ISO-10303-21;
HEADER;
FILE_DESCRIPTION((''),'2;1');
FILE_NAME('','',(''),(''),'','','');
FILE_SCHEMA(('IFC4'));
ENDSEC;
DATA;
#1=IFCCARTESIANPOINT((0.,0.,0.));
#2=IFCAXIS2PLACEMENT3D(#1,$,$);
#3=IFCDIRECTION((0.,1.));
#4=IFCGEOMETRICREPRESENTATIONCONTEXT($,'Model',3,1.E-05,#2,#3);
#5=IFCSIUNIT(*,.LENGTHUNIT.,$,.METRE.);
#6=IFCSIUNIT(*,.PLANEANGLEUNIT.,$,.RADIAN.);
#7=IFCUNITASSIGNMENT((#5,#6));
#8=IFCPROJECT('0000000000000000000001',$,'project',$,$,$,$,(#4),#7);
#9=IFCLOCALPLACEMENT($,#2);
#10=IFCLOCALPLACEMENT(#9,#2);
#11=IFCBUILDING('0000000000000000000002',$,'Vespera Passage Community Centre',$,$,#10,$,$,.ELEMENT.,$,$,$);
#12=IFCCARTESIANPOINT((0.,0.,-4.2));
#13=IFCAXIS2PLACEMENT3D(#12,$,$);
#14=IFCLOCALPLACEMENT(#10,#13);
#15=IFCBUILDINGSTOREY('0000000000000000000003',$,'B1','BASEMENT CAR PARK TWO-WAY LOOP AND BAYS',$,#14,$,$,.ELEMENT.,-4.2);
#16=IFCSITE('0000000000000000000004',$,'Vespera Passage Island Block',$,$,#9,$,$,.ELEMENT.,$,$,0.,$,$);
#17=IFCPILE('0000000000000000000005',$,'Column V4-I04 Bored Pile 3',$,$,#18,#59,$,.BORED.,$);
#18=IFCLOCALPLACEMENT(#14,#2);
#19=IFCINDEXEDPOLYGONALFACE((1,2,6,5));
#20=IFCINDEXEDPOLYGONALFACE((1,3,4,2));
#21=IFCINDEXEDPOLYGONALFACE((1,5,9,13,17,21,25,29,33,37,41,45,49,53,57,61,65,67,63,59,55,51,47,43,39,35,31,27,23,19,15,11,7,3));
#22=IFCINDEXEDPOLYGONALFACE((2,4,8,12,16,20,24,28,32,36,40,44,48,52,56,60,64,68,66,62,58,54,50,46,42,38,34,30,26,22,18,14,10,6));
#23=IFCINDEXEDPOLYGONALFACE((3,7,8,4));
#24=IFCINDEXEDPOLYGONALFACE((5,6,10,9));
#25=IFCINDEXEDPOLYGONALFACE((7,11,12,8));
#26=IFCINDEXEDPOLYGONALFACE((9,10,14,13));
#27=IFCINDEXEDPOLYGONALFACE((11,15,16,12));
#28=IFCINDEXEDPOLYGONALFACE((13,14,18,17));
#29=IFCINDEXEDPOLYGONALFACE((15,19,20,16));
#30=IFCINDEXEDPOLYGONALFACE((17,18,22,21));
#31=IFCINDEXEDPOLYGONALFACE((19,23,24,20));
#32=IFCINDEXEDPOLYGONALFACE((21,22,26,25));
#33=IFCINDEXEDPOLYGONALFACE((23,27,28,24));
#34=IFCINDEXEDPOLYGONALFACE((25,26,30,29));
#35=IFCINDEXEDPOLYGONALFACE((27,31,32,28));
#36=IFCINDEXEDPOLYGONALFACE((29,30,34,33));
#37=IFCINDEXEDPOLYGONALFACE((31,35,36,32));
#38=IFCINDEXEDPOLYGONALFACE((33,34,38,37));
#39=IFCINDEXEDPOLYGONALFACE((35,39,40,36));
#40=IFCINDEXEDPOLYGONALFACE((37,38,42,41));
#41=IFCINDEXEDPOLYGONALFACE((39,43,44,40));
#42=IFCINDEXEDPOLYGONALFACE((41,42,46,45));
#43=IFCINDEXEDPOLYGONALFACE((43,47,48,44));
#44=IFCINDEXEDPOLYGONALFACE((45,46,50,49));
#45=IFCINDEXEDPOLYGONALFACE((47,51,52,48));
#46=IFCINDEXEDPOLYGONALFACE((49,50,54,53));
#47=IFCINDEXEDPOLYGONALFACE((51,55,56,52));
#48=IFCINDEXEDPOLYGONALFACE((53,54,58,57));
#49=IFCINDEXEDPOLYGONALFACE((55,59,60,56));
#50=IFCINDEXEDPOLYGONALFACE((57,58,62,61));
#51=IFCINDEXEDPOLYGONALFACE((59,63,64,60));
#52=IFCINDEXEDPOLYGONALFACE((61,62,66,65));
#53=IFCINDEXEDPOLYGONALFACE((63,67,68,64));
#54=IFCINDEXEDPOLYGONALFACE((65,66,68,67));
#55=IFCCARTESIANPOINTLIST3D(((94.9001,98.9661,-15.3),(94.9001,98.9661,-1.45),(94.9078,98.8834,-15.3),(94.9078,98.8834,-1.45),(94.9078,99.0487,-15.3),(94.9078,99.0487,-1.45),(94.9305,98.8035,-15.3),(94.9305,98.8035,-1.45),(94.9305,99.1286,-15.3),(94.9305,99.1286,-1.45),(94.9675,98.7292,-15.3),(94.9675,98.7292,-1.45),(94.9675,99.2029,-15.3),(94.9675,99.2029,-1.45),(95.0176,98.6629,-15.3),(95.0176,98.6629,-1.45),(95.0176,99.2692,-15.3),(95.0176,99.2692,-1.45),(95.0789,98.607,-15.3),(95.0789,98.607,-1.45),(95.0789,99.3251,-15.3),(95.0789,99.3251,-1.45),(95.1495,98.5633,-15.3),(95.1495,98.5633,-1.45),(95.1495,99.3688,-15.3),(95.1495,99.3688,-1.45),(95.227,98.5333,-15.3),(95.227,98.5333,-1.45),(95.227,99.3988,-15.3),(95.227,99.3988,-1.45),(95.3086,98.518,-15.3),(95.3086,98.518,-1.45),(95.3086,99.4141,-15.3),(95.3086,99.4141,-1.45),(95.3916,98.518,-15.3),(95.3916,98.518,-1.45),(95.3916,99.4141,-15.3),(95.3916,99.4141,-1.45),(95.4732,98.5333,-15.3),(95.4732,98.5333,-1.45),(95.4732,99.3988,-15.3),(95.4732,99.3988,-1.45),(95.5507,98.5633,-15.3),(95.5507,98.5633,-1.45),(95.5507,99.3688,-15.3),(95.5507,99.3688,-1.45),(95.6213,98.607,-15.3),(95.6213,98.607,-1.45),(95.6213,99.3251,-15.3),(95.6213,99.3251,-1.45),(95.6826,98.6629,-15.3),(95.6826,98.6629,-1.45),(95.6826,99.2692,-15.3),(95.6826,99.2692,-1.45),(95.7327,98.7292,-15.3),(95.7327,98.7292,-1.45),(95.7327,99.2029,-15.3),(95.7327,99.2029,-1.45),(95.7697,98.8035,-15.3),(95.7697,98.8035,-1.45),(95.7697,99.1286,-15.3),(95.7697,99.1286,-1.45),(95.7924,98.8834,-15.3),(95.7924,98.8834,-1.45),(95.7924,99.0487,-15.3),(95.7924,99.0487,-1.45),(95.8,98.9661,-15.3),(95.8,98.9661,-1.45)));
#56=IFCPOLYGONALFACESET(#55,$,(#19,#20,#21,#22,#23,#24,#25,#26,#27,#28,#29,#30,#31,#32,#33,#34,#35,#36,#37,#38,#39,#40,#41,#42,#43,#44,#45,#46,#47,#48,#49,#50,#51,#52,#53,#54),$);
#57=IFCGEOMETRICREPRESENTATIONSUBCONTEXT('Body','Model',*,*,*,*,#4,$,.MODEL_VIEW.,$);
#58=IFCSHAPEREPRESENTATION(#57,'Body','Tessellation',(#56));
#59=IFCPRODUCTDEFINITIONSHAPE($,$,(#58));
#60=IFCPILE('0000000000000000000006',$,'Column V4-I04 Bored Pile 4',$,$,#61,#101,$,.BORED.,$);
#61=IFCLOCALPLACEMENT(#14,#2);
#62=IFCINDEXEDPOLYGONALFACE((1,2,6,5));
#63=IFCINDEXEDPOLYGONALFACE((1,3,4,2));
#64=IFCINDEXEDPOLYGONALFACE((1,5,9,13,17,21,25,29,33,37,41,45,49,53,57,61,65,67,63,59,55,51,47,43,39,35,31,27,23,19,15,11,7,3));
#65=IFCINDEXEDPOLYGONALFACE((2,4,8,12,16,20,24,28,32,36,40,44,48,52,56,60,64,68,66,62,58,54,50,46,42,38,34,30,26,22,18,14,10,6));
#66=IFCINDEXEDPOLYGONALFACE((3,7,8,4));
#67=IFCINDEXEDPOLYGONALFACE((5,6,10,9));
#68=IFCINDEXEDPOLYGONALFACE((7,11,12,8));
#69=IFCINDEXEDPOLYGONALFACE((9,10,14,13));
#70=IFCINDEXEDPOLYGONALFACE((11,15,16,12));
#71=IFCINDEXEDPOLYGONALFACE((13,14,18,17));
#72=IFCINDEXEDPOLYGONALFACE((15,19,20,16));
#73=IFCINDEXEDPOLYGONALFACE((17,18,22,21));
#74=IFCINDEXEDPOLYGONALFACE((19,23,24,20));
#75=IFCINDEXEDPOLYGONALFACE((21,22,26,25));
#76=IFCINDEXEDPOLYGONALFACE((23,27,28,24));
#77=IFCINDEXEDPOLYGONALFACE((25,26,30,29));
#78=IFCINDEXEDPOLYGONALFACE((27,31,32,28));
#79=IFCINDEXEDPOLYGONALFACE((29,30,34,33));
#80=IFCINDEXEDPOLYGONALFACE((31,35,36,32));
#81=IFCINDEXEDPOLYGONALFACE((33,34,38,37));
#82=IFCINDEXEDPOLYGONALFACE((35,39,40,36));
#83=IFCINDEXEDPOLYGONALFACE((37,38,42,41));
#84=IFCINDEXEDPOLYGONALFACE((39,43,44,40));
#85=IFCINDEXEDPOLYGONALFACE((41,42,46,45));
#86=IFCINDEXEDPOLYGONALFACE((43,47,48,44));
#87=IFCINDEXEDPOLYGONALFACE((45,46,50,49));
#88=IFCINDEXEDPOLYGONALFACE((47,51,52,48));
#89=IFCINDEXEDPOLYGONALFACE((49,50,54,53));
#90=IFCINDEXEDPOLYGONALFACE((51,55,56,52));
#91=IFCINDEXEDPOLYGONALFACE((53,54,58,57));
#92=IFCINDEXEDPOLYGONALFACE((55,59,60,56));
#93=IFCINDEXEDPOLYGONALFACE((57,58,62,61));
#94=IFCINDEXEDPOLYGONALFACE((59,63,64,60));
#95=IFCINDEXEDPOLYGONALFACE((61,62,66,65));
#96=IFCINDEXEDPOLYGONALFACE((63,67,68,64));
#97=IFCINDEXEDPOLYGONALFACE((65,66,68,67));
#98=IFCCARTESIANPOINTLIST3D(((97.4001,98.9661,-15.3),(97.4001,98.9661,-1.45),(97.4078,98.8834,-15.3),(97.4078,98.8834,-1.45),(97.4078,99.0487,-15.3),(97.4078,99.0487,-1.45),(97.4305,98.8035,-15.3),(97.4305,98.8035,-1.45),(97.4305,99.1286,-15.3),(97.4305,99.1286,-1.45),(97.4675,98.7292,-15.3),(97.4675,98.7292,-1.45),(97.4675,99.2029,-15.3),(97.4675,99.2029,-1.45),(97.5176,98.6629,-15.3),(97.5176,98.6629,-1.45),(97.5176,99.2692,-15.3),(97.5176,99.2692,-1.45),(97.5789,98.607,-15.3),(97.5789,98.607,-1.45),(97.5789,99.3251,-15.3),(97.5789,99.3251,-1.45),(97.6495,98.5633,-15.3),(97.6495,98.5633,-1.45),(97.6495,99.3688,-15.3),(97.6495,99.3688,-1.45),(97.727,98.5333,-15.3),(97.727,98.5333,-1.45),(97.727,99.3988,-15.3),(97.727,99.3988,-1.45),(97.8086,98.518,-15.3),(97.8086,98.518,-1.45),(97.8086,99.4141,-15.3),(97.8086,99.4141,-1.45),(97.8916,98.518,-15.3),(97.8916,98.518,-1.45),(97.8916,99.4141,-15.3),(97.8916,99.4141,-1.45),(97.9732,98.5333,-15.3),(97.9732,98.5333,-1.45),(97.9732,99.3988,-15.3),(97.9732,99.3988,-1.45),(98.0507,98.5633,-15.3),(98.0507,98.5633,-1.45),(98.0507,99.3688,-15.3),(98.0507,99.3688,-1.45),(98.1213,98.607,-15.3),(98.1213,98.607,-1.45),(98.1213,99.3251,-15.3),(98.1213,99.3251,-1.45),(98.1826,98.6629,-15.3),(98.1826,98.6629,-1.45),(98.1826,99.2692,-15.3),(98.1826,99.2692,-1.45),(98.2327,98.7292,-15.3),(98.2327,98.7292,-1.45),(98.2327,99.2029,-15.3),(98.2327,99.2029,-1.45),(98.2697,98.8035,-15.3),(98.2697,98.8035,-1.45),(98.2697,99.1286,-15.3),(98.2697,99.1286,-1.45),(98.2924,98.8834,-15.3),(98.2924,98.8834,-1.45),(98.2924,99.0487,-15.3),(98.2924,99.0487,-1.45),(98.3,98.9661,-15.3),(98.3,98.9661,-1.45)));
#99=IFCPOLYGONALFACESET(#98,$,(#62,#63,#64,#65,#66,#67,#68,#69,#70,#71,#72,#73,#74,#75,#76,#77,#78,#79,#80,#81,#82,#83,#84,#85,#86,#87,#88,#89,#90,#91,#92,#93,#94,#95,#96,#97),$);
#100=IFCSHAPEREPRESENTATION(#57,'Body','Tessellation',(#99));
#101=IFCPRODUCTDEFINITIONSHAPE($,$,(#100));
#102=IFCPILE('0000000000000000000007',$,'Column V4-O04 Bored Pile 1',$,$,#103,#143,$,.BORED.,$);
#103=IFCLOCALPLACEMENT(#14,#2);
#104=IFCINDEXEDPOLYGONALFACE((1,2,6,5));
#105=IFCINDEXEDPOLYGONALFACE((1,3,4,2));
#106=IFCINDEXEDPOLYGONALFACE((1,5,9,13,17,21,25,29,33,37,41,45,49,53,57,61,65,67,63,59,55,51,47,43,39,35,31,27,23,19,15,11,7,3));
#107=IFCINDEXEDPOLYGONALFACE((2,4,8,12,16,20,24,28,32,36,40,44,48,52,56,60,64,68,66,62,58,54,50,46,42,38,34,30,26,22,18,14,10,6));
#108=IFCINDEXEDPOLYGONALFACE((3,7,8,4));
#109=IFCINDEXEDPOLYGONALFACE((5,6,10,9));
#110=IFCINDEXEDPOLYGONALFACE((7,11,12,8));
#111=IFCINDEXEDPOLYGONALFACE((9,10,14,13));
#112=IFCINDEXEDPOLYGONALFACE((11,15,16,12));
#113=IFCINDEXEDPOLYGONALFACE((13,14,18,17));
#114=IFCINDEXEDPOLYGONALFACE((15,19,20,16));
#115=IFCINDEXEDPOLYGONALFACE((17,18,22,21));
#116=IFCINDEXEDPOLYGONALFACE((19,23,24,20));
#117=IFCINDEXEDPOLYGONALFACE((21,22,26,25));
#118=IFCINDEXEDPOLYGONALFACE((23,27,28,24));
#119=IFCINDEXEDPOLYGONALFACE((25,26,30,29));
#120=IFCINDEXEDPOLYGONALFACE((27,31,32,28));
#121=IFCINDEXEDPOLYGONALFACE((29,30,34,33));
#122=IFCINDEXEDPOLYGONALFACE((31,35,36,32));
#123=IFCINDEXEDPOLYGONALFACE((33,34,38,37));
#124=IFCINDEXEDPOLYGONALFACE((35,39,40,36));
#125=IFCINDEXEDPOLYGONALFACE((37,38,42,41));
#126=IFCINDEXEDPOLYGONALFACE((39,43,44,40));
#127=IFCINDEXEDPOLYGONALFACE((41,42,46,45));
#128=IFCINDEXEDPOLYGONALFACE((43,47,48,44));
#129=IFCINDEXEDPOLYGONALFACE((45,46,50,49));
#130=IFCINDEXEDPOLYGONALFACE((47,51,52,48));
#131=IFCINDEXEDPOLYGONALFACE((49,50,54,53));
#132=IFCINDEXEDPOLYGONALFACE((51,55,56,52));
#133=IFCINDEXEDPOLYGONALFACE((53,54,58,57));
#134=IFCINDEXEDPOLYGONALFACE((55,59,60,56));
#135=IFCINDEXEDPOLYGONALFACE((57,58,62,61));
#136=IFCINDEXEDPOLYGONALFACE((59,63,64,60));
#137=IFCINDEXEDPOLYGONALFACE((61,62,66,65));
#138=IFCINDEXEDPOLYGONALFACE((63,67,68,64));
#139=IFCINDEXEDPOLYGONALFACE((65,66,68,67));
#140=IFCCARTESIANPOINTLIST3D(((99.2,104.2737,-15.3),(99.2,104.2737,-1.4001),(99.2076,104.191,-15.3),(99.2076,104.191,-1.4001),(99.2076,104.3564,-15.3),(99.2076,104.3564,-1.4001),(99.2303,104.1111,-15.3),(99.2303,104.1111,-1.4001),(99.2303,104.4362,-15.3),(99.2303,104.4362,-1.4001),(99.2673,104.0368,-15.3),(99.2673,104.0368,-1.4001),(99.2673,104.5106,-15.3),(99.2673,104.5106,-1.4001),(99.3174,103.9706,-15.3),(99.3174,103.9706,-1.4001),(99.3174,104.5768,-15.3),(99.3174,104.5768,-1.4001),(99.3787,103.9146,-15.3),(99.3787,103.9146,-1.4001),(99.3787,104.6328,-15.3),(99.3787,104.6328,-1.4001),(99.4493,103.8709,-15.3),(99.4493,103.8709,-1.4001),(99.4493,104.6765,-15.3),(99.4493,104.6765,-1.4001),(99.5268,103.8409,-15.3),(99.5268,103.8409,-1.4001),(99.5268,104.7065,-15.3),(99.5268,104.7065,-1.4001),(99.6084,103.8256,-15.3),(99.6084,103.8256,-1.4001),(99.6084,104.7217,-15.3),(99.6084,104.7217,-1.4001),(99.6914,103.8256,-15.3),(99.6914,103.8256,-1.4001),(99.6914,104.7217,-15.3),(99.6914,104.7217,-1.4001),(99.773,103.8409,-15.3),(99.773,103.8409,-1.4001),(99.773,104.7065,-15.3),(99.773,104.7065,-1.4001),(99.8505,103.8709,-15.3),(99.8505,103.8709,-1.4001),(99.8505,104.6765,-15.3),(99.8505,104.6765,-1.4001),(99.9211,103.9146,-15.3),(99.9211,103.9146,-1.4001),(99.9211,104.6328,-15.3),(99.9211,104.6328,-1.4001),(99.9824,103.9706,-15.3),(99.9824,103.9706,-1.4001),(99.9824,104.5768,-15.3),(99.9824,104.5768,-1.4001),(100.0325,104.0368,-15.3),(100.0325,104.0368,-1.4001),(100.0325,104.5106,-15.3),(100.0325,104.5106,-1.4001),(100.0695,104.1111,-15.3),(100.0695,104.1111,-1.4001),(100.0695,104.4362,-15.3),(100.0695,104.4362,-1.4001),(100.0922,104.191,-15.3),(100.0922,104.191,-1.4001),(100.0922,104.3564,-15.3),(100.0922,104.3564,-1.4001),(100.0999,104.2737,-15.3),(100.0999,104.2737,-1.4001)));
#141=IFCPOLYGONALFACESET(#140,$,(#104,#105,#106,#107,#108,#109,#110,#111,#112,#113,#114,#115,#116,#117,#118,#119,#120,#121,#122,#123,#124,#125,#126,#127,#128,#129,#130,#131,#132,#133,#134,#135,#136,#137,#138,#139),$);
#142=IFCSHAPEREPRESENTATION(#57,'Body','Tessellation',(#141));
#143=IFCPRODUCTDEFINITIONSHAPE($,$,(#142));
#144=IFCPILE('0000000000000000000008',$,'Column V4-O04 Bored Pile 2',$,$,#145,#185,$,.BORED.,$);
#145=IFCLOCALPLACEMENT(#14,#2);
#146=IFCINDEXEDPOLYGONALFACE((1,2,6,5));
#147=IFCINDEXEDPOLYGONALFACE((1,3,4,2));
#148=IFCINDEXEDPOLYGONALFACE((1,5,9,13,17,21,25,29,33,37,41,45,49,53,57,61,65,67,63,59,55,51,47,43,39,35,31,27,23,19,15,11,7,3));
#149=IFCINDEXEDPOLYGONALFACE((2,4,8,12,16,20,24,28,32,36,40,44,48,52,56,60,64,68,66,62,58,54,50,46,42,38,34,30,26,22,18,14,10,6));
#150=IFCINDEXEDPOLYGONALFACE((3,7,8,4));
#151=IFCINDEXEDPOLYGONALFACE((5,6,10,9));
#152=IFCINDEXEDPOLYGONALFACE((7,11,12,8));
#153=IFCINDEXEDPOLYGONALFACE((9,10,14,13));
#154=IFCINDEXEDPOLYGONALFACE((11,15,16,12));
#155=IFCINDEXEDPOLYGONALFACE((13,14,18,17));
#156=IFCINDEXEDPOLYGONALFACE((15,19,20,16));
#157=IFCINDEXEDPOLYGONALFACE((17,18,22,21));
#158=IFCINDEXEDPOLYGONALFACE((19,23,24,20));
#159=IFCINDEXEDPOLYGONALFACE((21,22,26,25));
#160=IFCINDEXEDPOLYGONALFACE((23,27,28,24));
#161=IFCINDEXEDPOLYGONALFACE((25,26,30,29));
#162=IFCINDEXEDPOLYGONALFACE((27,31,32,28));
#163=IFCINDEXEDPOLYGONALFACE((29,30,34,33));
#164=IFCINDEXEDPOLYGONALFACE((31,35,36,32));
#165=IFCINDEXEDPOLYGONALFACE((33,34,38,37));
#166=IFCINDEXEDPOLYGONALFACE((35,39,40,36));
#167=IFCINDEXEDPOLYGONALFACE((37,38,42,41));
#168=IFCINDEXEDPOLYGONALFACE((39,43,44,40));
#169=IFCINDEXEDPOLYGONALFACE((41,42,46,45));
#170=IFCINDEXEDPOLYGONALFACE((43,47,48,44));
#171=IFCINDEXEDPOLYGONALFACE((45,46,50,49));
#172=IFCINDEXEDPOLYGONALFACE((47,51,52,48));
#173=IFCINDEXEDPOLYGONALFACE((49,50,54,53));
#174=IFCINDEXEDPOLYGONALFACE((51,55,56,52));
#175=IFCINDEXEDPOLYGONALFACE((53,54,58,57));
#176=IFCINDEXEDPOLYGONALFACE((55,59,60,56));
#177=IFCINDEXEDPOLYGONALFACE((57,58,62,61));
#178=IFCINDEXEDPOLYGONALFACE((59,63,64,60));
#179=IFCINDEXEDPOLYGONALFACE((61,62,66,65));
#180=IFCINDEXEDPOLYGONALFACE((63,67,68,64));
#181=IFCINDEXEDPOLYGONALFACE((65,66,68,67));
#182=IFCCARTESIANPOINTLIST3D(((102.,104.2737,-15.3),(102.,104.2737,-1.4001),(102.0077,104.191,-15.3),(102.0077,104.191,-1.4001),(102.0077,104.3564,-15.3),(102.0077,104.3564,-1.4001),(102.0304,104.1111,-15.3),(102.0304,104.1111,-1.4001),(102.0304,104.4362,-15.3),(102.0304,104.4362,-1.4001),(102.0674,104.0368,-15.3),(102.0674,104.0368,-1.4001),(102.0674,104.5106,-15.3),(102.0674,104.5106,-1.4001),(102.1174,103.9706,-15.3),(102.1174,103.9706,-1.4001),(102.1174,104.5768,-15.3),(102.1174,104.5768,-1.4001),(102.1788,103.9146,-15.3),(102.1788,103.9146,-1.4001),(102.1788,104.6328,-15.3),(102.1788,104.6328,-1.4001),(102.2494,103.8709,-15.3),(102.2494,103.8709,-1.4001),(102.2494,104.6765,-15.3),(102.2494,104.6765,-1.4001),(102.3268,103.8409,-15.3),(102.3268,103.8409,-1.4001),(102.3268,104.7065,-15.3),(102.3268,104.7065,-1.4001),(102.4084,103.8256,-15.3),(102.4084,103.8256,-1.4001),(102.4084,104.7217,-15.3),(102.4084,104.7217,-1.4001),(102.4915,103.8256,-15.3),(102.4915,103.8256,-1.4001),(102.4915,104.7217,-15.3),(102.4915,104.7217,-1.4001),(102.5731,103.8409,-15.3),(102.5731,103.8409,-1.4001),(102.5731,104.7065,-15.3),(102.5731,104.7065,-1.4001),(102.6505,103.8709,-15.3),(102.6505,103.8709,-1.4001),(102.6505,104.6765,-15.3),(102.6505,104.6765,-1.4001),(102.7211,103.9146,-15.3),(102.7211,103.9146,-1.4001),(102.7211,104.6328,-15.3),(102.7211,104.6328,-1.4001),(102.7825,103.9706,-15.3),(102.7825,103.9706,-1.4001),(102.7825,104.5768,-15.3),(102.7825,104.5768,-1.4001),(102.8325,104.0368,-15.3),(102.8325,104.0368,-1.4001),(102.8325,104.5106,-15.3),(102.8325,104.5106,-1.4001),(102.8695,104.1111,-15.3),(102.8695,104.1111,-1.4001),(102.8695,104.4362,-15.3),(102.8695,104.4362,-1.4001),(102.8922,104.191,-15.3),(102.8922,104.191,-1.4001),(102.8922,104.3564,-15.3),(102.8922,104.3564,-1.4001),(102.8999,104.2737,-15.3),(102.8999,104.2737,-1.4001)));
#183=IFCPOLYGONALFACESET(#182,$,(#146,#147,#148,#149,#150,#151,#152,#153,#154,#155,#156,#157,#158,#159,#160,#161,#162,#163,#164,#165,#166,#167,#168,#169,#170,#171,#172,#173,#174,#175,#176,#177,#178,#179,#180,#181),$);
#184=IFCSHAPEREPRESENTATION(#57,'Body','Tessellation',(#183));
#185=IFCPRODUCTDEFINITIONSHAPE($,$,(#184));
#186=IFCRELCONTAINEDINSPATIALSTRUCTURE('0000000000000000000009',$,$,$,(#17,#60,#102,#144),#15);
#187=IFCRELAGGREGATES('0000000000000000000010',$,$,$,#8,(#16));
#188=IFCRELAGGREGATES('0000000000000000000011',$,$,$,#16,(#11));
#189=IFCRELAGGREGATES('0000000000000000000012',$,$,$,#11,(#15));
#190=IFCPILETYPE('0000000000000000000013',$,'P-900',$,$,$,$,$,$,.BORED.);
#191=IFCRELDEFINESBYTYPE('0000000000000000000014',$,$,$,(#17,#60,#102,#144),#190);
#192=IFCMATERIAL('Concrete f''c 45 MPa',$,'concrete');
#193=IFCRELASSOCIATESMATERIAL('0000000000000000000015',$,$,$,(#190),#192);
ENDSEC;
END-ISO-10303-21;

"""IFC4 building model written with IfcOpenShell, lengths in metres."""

from ifc_helpers import new_model, si_unit, direction, frame, origin, origin_2d, place, context, subcontext, project, spatial, circle, extrude, material, material_profile, profile_set, type_object, element, save


model = new_model("IFC4")

# Units and contexts
model_context = context("Model", 3, precision=1e-05, world=origin(), true_north=direction((0.0, 1.0)))
body_context = subcontext(model_context, "Body", "Model", "MODEL_VIEW")
ifc_project = project(units=[si_unit("LENGTHUNIT", "METRE"), si_unit("PLANEANGLEUNIT", "RADIAN")], contexts=[model_context])

# Site, building, storey
site_placement = place(None, origin())
site = spatial("IfcSite", under=ifc_project, at=site_placement, Name="Vespera Passage Island Block", CompositionType="ELEMENT", RefElevation=0.0)
building_placement = place(site_placement, origin())
building = spatial("IfcBuilding", under=site, at=building_placement, Name="Vespera Passage Community Centre", CompositionType="ELEMENT")
storey_placement = place(building_placement, frame((0.0, 0.0, -4.2)))
storey = spatial("IfcBuildingStorey", under=building, at=storey_placement, Name="B1", Description="BASEMENT CAR PARK TWO-WAY LOOP AND BAYS", CompositionType="ELEMENT", Elevation=-4.2)

# Piles
ifc_material_1 = material(Name="Concrete f'c 45 MPa", Category="concrete")
ifc_material_profile_1 = material_profile(ifc_material_1, circle(Radius=0.45, at=origin_2d()), Name="PILE900DIA")
ifc_profile_set_1 = profile_set([ifc_material_profile_1], Name="Concrete f'c 45 MPa")
pile_type_1 = type_object("IfcPileType", Name="P-900", PredefinedType="BORED", material=ifc_profile_set_1)
for number, where, z_axis, x_axis, name in (
    (1, (95.3501, 98.9661, -1.45), (0.0, 0.0, -1.0), (1.0, 0.0, 0.0), "Column V4-I04 Bored Pile 3"),
    (2, (97.8501, 98.9661, -1.45), (0.0, 0.0, -1.0), (1.0, 0.0, 0.0), "Column V4-I04 Bored Pile 4"),
):
    element("IfcPile", number, at=place(storey_placement, frame(where, z_axis=z_axis, x_axis=x_axis)), inside=storey, type_object=pile_type_1, Name=name, PredefinedType="BORED", context=body_context, shape_type="SweptSolid", body=[
        extrude(circle(Radius=0.45, at=origin_2d()), origin(), (0.0, 0.0, 1.0), 13.8501),
    ])
for number, where, z_axis, x_axis, name in (
    (3, (99.6499, 104.2737, -1.4001), (0.0, 0.0, -1.0), (1.0, 0.0, 0.0), "Column V4-O04 Bored Pile 1"),
    (4, (102.45, 104.2737, -1.4001), (0.0, 0.0, -1.0), (1.0, 0.0, 0.0), "Column V4-O04 Bored Pile 2"),
):
    element("IfcPile", number, at=place(storey_placement, frame(where, z_axis=z_axis, x_axis=x_axis)), inside=storey, type_object=pile_type_1, Name=name, PredefinedType="BORED", context=body_context, shape_type="SweptSolid", body=[
        extrude(circle(Radius=0.45, at=origin_2d()), origin(), (0.0, 0.0, 1.0), 13.8999),
    ])

save(model, "model.ifc")
